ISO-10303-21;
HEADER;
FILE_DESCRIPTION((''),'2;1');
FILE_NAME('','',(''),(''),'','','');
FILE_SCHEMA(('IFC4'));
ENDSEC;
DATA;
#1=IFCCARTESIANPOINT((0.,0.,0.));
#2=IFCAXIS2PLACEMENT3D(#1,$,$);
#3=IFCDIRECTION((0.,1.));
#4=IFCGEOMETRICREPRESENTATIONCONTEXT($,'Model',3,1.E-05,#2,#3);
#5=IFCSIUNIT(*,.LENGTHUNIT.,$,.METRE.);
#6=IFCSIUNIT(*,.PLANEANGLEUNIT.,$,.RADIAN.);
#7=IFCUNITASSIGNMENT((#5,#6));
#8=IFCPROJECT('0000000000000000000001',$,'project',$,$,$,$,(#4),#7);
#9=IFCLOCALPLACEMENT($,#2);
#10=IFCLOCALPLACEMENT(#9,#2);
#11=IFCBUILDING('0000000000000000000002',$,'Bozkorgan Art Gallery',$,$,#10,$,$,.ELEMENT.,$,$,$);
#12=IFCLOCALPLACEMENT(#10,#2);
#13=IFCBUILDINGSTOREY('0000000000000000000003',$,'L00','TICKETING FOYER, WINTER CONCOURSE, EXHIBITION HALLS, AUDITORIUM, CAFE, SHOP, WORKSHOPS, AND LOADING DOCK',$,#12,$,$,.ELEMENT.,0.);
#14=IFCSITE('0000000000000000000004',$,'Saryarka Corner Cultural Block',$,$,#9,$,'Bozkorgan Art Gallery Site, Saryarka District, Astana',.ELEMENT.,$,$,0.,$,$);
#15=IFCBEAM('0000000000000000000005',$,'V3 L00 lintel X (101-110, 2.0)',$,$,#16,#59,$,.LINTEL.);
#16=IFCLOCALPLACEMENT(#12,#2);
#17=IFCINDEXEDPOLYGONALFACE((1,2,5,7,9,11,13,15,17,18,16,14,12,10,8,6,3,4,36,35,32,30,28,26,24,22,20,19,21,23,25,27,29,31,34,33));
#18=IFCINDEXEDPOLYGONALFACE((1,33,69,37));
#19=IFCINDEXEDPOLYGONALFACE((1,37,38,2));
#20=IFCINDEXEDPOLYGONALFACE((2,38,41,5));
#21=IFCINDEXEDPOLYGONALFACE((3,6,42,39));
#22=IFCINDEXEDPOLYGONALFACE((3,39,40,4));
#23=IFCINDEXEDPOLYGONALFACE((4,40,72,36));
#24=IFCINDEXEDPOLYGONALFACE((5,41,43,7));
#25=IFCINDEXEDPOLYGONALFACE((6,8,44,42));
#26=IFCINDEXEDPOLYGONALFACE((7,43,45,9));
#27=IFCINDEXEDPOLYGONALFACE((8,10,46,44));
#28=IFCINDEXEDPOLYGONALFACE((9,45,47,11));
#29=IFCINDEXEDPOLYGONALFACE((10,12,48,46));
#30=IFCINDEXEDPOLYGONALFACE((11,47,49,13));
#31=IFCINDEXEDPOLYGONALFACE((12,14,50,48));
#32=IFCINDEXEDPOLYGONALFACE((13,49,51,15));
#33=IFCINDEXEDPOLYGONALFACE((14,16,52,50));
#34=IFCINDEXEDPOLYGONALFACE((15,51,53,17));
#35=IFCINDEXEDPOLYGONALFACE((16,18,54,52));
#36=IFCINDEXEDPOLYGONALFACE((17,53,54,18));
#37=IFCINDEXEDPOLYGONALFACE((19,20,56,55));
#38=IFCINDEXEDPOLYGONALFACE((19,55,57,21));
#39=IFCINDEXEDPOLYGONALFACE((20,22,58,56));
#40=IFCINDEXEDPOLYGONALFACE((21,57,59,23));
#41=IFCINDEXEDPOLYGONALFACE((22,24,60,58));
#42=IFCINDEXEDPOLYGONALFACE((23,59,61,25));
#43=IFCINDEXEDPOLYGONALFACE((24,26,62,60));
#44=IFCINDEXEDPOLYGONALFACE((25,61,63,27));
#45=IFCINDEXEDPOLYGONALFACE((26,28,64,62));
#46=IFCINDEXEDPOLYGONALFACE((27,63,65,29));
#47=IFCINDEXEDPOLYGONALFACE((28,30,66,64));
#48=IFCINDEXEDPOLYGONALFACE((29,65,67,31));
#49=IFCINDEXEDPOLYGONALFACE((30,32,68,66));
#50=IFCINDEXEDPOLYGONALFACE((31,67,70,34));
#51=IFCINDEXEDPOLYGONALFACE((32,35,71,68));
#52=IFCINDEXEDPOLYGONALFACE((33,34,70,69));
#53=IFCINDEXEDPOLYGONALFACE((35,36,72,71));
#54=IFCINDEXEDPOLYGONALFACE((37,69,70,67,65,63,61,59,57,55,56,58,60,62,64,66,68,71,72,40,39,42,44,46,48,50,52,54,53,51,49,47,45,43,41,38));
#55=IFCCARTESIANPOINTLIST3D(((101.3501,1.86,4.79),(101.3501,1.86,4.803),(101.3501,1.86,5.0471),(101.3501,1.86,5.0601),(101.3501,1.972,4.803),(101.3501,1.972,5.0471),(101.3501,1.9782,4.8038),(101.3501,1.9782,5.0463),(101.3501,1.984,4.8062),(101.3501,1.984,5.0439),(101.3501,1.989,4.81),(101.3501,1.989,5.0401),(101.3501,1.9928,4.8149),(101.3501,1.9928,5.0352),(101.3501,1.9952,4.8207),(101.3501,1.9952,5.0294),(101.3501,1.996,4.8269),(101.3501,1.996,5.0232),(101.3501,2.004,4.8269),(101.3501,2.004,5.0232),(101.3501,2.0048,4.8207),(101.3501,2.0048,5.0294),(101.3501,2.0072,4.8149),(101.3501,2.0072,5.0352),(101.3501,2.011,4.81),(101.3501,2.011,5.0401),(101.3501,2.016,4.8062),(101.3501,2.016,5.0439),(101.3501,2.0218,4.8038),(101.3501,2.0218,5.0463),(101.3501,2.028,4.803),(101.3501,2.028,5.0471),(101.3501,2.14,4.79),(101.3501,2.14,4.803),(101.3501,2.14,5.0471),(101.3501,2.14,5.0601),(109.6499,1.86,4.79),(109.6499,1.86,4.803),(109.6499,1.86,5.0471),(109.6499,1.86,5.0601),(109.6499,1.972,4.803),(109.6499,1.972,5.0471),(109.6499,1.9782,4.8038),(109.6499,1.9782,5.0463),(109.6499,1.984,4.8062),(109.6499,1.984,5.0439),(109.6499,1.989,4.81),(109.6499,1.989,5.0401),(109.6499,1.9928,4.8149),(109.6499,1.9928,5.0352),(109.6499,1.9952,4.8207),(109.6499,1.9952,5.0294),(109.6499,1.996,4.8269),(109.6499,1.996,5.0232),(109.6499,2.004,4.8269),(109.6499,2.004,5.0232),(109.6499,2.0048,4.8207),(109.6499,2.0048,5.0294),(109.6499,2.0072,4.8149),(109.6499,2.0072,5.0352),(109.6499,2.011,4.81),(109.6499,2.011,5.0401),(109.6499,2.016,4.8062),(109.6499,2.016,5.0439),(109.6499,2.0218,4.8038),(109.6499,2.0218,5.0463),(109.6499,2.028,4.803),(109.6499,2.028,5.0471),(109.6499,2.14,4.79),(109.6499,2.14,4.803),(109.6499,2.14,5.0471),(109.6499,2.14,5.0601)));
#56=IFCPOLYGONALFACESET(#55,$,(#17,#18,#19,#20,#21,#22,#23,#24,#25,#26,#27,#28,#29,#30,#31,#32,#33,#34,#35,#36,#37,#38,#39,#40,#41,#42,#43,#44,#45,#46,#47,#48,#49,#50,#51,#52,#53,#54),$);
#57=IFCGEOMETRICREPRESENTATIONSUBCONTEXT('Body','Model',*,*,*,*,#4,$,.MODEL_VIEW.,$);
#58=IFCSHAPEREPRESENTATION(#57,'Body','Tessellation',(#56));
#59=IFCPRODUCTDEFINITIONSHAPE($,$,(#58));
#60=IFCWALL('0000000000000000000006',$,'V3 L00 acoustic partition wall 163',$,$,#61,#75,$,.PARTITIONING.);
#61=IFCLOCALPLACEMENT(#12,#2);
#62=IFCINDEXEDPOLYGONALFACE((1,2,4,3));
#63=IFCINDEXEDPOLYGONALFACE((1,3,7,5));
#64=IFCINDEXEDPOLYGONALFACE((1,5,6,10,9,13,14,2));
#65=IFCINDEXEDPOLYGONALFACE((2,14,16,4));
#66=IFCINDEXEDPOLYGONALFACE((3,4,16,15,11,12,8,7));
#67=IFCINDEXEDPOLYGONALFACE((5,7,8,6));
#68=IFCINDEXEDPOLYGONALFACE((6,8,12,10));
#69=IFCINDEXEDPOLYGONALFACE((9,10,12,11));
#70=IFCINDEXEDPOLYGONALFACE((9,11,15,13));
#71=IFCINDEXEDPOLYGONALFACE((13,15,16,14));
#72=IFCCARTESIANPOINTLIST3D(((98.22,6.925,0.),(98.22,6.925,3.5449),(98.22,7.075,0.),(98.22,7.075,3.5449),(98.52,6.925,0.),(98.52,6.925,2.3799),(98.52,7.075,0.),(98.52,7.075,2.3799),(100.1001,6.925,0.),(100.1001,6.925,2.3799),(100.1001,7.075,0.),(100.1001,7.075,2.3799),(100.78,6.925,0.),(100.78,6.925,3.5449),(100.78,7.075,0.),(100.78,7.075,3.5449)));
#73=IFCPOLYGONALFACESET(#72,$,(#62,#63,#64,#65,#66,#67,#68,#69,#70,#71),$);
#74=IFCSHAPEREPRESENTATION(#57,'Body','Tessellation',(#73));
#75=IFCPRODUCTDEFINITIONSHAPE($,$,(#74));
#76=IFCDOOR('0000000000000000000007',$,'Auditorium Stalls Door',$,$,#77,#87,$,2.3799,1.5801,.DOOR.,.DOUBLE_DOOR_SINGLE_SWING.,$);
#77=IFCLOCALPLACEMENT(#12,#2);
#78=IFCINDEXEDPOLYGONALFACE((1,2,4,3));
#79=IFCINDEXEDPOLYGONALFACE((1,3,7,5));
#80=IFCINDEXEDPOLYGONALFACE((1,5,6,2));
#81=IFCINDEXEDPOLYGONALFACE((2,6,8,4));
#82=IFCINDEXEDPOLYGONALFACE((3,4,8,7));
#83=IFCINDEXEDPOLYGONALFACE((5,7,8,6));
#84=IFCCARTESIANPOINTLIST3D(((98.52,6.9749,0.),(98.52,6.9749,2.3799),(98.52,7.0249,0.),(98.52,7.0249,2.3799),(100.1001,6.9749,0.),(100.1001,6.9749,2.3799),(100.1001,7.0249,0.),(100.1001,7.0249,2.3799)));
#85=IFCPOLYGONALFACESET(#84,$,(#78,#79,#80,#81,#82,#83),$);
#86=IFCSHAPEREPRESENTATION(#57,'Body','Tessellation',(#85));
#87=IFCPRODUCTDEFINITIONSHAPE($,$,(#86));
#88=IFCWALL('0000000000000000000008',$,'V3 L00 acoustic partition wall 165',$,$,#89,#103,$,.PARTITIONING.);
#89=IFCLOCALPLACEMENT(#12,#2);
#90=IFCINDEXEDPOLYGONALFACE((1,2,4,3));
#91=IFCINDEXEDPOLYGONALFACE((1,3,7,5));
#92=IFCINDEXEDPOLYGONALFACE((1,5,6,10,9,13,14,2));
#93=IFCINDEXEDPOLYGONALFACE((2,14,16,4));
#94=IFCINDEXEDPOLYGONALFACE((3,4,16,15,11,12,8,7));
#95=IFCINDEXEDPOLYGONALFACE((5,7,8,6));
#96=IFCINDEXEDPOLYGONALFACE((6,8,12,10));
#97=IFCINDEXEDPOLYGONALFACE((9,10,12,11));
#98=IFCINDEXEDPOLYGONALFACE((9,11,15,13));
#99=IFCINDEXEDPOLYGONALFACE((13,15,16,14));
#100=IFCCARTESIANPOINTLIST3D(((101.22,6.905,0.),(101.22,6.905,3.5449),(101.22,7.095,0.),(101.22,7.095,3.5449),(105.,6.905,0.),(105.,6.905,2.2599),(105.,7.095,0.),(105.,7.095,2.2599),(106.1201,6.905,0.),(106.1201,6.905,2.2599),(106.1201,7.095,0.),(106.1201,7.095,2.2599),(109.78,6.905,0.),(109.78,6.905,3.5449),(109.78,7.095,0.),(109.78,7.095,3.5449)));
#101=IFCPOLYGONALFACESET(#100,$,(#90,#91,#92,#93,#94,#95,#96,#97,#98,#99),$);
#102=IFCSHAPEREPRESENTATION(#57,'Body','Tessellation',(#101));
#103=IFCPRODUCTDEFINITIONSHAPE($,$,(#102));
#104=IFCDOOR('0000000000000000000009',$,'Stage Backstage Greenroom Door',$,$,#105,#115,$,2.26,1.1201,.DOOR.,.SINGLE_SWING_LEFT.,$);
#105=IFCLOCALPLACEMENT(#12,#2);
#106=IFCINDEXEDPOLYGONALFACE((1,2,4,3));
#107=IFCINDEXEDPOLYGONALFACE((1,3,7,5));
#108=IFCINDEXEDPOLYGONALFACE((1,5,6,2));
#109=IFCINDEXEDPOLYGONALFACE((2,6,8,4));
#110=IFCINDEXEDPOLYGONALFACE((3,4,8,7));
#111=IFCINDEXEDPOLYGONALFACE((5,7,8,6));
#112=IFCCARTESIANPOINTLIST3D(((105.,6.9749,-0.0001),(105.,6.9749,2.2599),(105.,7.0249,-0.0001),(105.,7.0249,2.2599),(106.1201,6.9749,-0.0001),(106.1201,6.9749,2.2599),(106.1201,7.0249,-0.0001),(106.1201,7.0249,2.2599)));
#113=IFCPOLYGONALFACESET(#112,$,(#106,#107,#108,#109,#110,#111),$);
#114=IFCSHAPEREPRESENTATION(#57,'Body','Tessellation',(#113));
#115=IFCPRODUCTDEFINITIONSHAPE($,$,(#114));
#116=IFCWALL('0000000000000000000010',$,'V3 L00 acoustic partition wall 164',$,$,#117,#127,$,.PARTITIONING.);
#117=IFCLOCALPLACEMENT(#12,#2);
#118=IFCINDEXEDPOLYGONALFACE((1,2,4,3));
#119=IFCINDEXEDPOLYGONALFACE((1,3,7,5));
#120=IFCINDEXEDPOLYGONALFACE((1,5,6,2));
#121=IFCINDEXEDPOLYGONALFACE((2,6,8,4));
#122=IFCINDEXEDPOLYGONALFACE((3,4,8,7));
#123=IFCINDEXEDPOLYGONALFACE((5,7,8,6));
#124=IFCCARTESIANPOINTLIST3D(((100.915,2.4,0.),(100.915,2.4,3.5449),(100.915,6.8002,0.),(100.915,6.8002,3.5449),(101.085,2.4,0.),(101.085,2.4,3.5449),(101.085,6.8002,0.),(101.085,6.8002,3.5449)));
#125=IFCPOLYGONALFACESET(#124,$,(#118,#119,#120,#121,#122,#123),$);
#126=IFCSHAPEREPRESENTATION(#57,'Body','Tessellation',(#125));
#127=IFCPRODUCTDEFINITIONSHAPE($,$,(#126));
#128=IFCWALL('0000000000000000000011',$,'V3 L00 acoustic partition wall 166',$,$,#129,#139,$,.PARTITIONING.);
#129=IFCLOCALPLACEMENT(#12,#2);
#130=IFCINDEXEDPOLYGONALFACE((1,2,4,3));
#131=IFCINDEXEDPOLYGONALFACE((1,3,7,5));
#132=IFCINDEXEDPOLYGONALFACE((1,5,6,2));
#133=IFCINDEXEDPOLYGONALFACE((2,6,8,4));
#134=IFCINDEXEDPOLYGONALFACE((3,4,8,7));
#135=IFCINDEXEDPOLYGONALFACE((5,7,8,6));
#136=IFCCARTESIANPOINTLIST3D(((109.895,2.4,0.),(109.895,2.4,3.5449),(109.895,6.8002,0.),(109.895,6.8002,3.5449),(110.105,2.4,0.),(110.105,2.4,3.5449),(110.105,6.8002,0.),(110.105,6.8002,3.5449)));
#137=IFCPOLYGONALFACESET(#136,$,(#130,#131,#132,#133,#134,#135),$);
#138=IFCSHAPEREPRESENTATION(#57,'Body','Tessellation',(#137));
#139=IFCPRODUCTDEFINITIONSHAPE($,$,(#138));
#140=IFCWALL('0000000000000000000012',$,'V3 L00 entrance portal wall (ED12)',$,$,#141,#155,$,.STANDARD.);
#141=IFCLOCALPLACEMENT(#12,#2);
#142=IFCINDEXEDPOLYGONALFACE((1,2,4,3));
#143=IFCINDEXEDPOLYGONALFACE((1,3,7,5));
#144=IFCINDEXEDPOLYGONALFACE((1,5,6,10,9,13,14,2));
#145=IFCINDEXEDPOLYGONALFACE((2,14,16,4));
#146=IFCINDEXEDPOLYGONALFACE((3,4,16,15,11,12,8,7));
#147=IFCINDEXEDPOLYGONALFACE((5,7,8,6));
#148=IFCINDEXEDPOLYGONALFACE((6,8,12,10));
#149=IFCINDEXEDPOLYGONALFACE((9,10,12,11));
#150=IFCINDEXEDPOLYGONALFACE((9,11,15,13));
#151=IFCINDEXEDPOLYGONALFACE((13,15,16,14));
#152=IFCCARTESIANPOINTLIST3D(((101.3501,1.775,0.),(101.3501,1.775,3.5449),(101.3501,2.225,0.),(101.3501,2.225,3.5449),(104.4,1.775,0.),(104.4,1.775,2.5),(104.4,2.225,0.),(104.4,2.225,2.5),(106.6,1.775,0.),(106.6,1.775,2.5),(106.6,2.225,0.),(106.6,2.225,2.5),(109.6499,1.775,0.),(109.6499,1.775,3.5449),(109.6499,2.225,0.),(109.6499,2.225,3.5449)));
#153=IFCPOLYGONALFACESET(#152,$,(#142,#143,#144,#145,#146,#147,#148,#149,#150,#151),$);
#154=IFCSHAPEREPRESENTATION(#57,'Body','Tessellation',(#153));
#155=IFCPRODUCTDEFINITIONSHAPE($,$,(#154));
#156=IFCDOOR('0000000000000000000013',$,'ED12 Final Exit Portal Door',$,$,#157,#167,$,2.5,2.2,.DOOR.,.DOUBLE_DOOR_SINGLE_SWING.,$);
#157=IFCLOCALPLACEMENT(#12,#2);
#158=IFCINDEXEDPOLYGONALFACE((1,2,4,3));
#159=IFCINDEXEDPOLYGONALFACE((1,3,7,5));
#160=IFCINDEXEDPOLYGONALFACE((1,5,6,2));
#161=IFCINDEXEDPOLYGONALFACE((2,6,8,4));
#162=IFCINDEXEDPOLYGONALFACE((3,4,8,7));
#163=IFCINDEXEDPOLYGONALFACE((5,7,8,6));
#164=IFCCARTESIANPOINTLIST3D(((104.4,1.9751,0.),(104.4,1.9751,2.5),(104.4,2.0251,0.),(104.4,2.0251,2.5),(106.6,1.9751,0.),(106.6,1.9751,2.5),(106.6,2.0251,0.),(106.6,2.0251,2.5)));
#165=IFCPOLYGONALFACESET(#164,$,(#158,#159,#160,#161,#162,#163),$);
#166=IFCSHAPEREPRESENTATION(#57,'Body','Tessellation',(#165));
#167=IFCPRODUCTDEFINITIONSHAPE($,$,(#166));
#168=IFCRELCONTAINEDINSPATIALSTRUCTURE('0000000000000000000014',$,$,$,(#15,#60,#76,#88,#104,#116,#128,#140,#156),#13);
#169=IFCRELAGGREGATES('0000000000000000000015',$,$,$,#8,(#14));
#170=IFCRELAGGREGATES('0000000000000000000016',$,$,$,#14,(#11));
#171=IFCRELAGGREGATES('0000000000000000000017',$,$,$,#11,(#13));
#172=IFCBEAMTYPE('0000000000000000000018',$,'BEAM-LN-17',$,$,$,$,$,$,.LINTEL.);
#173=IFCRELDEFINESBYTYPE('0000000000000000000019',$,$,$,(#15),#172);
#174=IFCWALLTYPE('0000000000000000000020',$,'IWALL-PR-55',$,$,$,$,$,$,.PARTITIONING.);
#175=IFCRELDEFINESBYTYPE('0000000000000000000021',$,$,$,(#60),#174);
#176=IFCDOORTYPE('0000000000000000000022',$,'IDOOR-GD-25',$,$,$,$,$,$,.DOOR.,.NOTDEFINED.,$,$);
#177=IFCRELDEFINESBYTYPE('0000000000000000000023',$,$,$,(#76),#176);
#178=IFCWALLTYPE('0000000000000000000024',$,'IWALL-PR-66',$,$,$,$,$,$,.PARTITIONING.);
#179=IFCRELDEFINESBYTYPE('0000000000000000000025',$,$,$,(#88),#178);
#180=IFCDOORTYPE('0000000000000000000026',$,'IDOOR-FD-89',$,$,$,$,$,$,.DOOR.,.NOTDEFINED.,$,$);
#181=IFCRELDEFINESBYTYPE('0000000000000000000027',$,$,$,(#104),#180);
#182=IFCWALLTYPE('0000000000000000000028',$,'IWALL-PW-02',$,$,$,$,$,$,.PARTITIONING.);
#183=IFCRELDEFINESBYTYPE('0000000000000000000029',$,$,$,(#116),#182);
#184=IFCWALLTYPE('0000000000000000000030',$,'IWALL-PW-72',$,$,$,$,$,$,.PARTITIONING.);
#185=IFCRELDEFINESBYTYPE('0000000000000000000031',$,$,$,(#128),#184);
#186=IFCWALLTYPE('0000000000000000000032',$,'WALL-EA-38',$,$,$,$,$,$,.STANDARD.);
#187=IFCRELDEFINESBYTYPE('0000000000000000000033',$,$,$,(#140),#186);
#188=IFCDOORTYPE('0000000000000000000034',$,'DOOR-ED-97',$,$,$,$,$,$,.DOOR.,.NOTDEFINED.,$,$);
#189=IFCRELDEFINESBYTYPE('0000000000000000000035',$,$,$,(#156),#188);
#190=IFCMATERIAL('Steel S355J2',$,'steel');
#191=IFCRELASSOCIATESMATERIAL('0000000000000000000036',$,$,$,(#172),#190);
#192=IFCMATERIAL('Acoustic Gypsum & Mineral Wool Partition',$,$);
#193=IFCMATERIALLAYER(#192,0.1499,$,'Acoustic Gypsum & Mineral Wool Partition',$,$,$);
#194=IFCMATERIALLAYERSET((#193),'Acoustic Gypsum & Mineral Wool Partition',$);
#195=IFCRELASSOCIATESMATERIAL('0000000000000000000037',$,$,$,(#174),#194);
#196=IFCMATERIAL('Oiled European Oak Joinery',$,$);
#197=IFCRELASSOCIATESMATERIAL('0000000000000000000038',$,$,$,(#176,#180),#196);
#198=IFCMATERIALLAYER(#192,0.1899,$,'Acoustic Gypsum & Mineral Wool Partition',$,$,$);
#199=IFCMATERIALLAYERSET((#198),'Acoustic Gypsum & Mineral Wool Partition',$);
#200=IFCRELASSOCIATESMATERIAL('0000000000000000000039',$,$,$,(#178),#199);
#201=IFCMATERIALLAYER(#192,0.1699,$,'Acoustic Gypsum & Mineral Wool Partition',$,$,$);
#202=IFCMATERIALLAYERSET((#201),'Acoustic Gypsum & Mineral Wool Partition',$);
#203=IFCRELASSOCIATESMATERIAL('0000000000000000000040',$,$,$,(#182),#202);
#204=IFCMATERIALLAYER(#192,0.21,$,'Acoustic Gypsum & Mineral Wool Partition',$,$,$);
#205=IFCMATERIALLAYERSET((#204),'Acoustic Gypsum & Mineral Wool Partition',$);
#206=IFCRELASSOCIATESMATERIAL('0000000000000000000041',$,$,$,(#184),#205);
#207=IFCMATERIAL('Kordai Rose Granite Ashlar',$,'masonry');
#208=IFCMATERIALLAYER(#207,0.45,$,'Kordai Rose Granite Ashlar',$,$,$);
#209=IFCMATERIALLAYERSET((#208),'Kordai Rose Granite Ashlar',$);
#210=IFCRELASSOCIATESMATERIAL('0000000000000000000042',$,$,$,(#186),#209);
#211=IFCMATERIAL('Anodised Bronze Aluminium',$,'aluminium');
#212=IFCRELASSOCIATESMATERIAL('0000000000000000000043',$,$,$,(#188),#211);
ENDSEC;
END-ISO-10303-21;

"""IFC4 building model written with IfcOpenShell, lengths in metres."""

from ifc_helpers import new_model, si_unit, direction, frame, frame_2d, origin, origin_2d, place, context, subcontext, project, spatial, rectangle, i_section, extrude, material, layer, layer_set, material_profile, profile_set, type_object, element, fill, save


model = new_model("IFC4")

# Units and contexts
model_context = context("Model", 3, precision=1e-05, world=origin(), true_north=direction((0.0, 1.0)))
body_context = subcontext(model_context, "Body", "Model", "MODEL_VIEW")
ifc_project = project(units=[si_unit("LENGTHUNIT", "METRE"), si_unit("PLANEANGLEUNIT", "RADIAN")], contexts=[model_context])

# Site, building, storey
site_placement = place(None, origin())
site = spatial("IfcSite", under=ifc_project, at=site_placement, Name="Saryarka Corner Cultural Block", LongName="Bozkorgan Art Gallery Site, Saryarka District, Astana", CompositionType="ELEMENT", RefElevation=0.0)
building_placement = place(site_placement, origin())
building = spatial("IfcBuilding", under=site, at=building_placement, Name="Bozkorgan Art Gallery", CompositionType="ELEMENT")
storey_placement = place(building_placement, origin())
storey = spatial("IfcBuildingStorey", under=building, at=storey_placement, Name="L00", Description="TICKETING FOYER, WINTER CONCOURSE, EXHIBITION HALLS, AUDITORIUM, CAFE, SHOP, WORKSHOPS, AND LOADING DOCK", CompositionType="ELEMENT", Elevation=0.0)

# Shared definitions
ifc_material_1 = material(Name="Steel S355J2", Category="steel")

# Beam
ifc_material_profile_1 = material_profile(ifc_material_1, i_section(OverallWidth=0.28, OverallDepth=0.27, WebThickness=0.0081, FlangeThickness=0.0129, FilletRadius=0.0239, at=origin_2d()), Name="HEA 280")
ifc_profile_set_1 = profile_set([ifc_material_profile_1], Name="Steel S355J2")
beam_type_1 = type_object("IfcBeamType", Name="BEAM-LN-17", PredefinedType="LINTEL", material=ifc_profile_set_1)
beam_placement = place(storey_placement, frame((101.3501, 2.0, 4.925), z_axis=(1.0, 0.0, 0.0), x_axis=(0.0, 1.0, 0.0)))
element("IfcBeam", 1, at=beam_placement, inside=storey, type_object=beam_type_1, Name="V3 L00 lintel X (101-110, 2.0)", PredefinedType="LINTEL", context=body_context, shape_type="SweptSolid", body=[
    extrude(i_section(OverallWidth=0.28, OverallDepth=0.27, WebThickness=0.0081, FlangeThickness=0.0129, FilletRadius=0.0239, at=origin_2d()), origin(), (0.0, 0.0, 1.0), 8.2998),
])

# Walls, openings, doors
ifc_material_2 = material(Name="Acoustic Gypsum & Mineral Wool Partition")
ifc_layer_1 = layer(ifc_material_2, 0.1499, Name="Acoustic Gypsum & Mineral Wool Partition")
ifc_layer_set_1 = layer_set([ifc_layer_1], Name="Acoustic Gypsum & Mineral Wool Partition")
wall_type_1 = type_object("IfcWallType", Name="IWALL-PR-55", PredefinedType="PARTITIONING", material=ifc_layer_set_1)
wall_1_placement = place(storey_placement, frame((98.22, 7.0, 0.0), z_axis=(0.0, 0.0, 1.0), x_axis=(1.0, 0.0, 0.0)))
wall_1 = element("IfcWall", 2, at=wall_1_placement, inside=storey, type_object=wall_type_1, Name="V3 L00 acoustic partition wall 163", PredefinedType="PARTITIONING", context=body_context, shape_type="SweptSolid", body=[
    extrude(rectangle(XDim=2.5601, YDim=0.1499, at=frame_2d((1.28, 0.0))), origin(), (0.0, 0.0, 1.0), 3.5449),
])
opening_1_placement = place(wall_1_placement, frame((0.3, 0.0, 0.0)))
opening_1 = element("IfcOpeningElement", 3, at=opening_1_placement, cuts=wall_1, PredefinedType="OPENING", context=body_context, shape_type="SweptSolid", body=[
    extrude(rectangle(XDim=1.5801, YDim=2.3799, at=frame_2d((0.79, 1.1899))), frame((0.0, 0.085, 0.0), z_axis=(0.0, -1.0, 0.0), x_axis=(1.0, 0.0, 0.0)), (0.0, 0.0, 1.0), 0.1699),
])
ifc_material_3 = material(Name="Oiled European Oak Joinery")
door_type_1 = type_object("IfcDoorType", Name="IDOOR-GD-25", OperationType="NOTDEFINED", PredefinedType="DOOR", material=ifc_material_3)
door_1_placement = place(opening_1_placement, origin())
door_1 = element("IfcDoor", 4, at=door_1_placement, inside=storey, type_object=door_type_1, Name="Auditorium Stalls Door", OperationType="DOUBLE_DOOR_SINGLE_SWING", OverallHeight=2.3799, OverallWidth=1.5801, PredefinedType="DOOR", context=body_context, shape_type="SweptSolid", body=[
    extrude(rectangle(XDim=1.5801, YDim=2.3799, at=frame_2d((0.79, 1.1899))), frame((0.0, 0.0249, 0.0), z_axis=(0.0, -1.0, 0.0), x_axis=(1.0, 0.0, 0.0)), (0.0, 0.0, 1.0), 0.05),
])
fill(opening_1, door_1)
ifc_layer_2 = layer(ifc_material_2, 0.1899, Name="Acoustic Gypsum & Mineral Wool Partition")
ifc_layer_set_2 = layer_set([ifc_layer_2], Name="Acoustic Gypsum & Mineral Wool Partition")
wall_type_2 = type_object("IfcWallType", Name="IWALL-PR-66", PredefinedType="PARTITIONING", material=ifc_layer_set_2)
wall_2_placement = place(storey_placement, frame((101.22, 7.0, 0.0), z_axis=(0.0, 0.0, 1.0), x_axis=(1.0, 0.0, 0.0)))
wall_2 = element("IfcWall", 5, at=wall_2_placement, inside=storey, type_object=wall_type_2, Name="V3 L00 acoustic partition wall 165", PredefinedType="PARTITIONING", context=body_context, shape_type="SweptSolid", body=[
    extrude(rectangle(XDim=8.5601, YDim=0.1899, at=frame_2d((4.28, 0.0))), origin(), (0.0, 0.0, 1.0), 3.5449),
])
opening_2_placement = place(wall_2_placement, frame((3.78, 0.0, 0.0)))
opening_2 = element("IfcOpeningElement", 6, at=opening_2_placement, cuts=wall_2, PredefinedType="OPENING", context=body_context, shape_type="SweptSolid", body=[
    extrude(rectangle(XDim=1.1201, YDim=2.26, at=frame_2d((0.5601, 1.1299))), frame((0.0, 0.105, 0.0), z_axis=(0.0, -1.0, 0.0), x_axis=(1.0, 0.0, 0.0)), (0.0, 0.0, 1.0), 0.21),
])
door_type_2 = type_object("IfcDoorType", Name="IDOOR-FD-89", OperationType="NOTDEFINED", PredefinedType="DOOR", material=ifc_material_3)
door_2_placement = place(opening_2_placement, origin())
door_2 = element("IfcDoor", 7, at=door_2_placement, inside=storey, type_object=door_type_2, Name="Stage Backstage Greenroom Door", OperationType="SINGLE_SWING_LEFT", OverallHeight=2.26, OverallWidth=1.1201, PredefinedType="DOOR", context=body_context, shape_type="SweptSolid", body=[
    extrude(rectangle(XDim=1.1201, YDim=2.26, at=frame_2d((0.5601, 1.1299))), frame((0.0, 0.0249, 0.0), z_axis=(0.0, -1.0, 0.0), x_axis=(1.0, 0.0, 0.0)), (0.0, 0.0, 1.0), 0.05),
])
fill(opening_2, door_2)

# Walls
ifc_layer_3 = layer(ifc_material_2, 0.1699, Name="Acoustic Gypsum & Mineral Wool Partition")
ifc_layer_set_3 = layer_set([ifc_layer_3], Name="Acoustic Gypsum & Mineral Wool Partition")
wall_type_3 = type_object("IfcWallType", Name="IWALL-PW-02", PredefinedType="PARTITIONING", material=ifc_layer_set_3)
wall_3_placement = place(storey_placement, frame((101.0, 2.3999, 0.0), z_axis=(0.0, 0.0, 1.0), x_axis=(0.0, 1.0, 0.0)))
element("IfcWall", 8, at=wall_3_placement, inside=storey, type_object=wall_type_3, Name="V3 L00 acoustic partition wall 164", PredefinedType="PARTITIONING", context=body_context, shape_type="SweptSolid", body=[
    extrude(rectangle(XDim=4.4001, YDim=0.1699, at=frame_2d((2.2002, 0.0))), origin(), (0.0, 0.0, 1.0), 3.5449),
])
ifc_layer_4 = layer(ifc_material_2, 0.21, Name="Acoustic Gypsum & Mineral Wool Partition")
ifc_layer_set_4 = layer_set([ifc_layer_4], Name="Acoustic Gypsum & Mineral Wool Partition")
wall_type_4 = type_object("IfcWallType", Name="IWALL-PW-72", PredefinedType="PARTITIONING", material=ifc_layer_set_4)
wall_4_placement = place(storey_placement, frame((110.0, 2.3999, 0.0), z_axis=(0.0, 0.0, 1.0), x_axis=(0.0, 1.0, 0.0)))
element("IfcWall", 9, at=wall_4_placement, inside=storey, type_object=wall_type_4, Name="V3 L00 acoustic partition wall 166", PredefinedType="PARTITIONING", context=body_context, shape_type="SweptSolid", body=[
    extrude(rectangle(XDim=4.4001, YDim=0.21, at=frame_2d((2.2002, 0.0))), origin(), (0.0, 0.0, 1.0), 3.5449),
])

# Wall, opening, door
ifc_material_4 = material(Name="Kordai Rose Granite Ashlar", Category="masonry")
ifc_layer_5 = layer(ifc_material_4, 0.45, Name="Kordai Rose Granite Ashlar")
ifc_layer_set_5 = layer_set([ifc_layer_5], Name="Kordai Rose Granite Ashlar")
wall_type_5 = type_object("IfcWallType", Name="WALL-EA-38", PredefinedType="STANDARD", material=ifc_layer_set_5)
wall_5_placement = place(storey_placement, frame((101.3501, 2.0, 0.0), z_axis=(0.0, 0.0, 1.0), x_axis=(1.0, 0.0, 0.0)))
wall_5 = element("IfcWall", 10, at=wall_5_placement, inside=storey, type_object=wall_type_5, Name="V3 L00 entrance portal wall (ED12)", PredefinedType="STANDARD", context=body_context, shape_type="SweptSolid", body=[
    extrude(rectangle(XDim=8.2998, YDim=0.45, at=frame_2d((4.1499, 0.0))), origin(), (0.0, 0.0, 1.0), 3.5449),
])
opening_3_placement = place(wall_5_placement, frame((5.25, 0.0, 0.0), z_axis=(0.0, 0.0, 1.0), x_axis=(-1.0, 0.0, 0.0)))
opening_3 = element("IfcOpeningElement", 11, at=opening_3_placement, cuts=wall_5, PredefinedType="OPENING", context=body_context, shape_type="SweptSolid", body=[
    extrude(rectangle(XDim=2.2, YDim=2.5, at=frame_2d((1.1001, 1.25))), frame((0.0, 0.2349, 0.0), z_axis=(0.0, -1.0, 0.0), x_axis=(1.0, 0.0, 0.0)), (0.0, 0.0, 1.0), 0.47),
])
ifc_material_5 = material(Name="Anodised Bronze Aluminium", Category="aluminium")
door_type_3 = type_object("IfcDoorType", Name="DOOR-ED-97", OperationType="NOTDEFINED", PredefinedType="DOOR", material=ifc_material_5)
door_3_placement = place(opening_3_placement, origin())
door_3 = element("IfcDoor", 12, at=door_3_placement, inside=storey, type_object=door_type_3, Name="ED12 Final Exit Portal Door", OperationType="DOUBLE_DOOR_SINGLE_SWING", OverallHeight=2.5, OverallWidth=2.2, PredefinedType="DOOR", context=body_context, shape_type="SweptSolid", body=[
    extrude(rectangle(XDim=2.2, YDim=2.5, at=frame_2d((1.1001, 1.25))), frame((0.0, 0.0249, 0.0), z_axis=(0.0, -1.0, 0.0), x_axis=(1.0, 0.0, 0.0)), (0.0, 0.0, 1.0), 0.05),
])
fill(opening_3, door_3)

save(model, "model.ifc")
